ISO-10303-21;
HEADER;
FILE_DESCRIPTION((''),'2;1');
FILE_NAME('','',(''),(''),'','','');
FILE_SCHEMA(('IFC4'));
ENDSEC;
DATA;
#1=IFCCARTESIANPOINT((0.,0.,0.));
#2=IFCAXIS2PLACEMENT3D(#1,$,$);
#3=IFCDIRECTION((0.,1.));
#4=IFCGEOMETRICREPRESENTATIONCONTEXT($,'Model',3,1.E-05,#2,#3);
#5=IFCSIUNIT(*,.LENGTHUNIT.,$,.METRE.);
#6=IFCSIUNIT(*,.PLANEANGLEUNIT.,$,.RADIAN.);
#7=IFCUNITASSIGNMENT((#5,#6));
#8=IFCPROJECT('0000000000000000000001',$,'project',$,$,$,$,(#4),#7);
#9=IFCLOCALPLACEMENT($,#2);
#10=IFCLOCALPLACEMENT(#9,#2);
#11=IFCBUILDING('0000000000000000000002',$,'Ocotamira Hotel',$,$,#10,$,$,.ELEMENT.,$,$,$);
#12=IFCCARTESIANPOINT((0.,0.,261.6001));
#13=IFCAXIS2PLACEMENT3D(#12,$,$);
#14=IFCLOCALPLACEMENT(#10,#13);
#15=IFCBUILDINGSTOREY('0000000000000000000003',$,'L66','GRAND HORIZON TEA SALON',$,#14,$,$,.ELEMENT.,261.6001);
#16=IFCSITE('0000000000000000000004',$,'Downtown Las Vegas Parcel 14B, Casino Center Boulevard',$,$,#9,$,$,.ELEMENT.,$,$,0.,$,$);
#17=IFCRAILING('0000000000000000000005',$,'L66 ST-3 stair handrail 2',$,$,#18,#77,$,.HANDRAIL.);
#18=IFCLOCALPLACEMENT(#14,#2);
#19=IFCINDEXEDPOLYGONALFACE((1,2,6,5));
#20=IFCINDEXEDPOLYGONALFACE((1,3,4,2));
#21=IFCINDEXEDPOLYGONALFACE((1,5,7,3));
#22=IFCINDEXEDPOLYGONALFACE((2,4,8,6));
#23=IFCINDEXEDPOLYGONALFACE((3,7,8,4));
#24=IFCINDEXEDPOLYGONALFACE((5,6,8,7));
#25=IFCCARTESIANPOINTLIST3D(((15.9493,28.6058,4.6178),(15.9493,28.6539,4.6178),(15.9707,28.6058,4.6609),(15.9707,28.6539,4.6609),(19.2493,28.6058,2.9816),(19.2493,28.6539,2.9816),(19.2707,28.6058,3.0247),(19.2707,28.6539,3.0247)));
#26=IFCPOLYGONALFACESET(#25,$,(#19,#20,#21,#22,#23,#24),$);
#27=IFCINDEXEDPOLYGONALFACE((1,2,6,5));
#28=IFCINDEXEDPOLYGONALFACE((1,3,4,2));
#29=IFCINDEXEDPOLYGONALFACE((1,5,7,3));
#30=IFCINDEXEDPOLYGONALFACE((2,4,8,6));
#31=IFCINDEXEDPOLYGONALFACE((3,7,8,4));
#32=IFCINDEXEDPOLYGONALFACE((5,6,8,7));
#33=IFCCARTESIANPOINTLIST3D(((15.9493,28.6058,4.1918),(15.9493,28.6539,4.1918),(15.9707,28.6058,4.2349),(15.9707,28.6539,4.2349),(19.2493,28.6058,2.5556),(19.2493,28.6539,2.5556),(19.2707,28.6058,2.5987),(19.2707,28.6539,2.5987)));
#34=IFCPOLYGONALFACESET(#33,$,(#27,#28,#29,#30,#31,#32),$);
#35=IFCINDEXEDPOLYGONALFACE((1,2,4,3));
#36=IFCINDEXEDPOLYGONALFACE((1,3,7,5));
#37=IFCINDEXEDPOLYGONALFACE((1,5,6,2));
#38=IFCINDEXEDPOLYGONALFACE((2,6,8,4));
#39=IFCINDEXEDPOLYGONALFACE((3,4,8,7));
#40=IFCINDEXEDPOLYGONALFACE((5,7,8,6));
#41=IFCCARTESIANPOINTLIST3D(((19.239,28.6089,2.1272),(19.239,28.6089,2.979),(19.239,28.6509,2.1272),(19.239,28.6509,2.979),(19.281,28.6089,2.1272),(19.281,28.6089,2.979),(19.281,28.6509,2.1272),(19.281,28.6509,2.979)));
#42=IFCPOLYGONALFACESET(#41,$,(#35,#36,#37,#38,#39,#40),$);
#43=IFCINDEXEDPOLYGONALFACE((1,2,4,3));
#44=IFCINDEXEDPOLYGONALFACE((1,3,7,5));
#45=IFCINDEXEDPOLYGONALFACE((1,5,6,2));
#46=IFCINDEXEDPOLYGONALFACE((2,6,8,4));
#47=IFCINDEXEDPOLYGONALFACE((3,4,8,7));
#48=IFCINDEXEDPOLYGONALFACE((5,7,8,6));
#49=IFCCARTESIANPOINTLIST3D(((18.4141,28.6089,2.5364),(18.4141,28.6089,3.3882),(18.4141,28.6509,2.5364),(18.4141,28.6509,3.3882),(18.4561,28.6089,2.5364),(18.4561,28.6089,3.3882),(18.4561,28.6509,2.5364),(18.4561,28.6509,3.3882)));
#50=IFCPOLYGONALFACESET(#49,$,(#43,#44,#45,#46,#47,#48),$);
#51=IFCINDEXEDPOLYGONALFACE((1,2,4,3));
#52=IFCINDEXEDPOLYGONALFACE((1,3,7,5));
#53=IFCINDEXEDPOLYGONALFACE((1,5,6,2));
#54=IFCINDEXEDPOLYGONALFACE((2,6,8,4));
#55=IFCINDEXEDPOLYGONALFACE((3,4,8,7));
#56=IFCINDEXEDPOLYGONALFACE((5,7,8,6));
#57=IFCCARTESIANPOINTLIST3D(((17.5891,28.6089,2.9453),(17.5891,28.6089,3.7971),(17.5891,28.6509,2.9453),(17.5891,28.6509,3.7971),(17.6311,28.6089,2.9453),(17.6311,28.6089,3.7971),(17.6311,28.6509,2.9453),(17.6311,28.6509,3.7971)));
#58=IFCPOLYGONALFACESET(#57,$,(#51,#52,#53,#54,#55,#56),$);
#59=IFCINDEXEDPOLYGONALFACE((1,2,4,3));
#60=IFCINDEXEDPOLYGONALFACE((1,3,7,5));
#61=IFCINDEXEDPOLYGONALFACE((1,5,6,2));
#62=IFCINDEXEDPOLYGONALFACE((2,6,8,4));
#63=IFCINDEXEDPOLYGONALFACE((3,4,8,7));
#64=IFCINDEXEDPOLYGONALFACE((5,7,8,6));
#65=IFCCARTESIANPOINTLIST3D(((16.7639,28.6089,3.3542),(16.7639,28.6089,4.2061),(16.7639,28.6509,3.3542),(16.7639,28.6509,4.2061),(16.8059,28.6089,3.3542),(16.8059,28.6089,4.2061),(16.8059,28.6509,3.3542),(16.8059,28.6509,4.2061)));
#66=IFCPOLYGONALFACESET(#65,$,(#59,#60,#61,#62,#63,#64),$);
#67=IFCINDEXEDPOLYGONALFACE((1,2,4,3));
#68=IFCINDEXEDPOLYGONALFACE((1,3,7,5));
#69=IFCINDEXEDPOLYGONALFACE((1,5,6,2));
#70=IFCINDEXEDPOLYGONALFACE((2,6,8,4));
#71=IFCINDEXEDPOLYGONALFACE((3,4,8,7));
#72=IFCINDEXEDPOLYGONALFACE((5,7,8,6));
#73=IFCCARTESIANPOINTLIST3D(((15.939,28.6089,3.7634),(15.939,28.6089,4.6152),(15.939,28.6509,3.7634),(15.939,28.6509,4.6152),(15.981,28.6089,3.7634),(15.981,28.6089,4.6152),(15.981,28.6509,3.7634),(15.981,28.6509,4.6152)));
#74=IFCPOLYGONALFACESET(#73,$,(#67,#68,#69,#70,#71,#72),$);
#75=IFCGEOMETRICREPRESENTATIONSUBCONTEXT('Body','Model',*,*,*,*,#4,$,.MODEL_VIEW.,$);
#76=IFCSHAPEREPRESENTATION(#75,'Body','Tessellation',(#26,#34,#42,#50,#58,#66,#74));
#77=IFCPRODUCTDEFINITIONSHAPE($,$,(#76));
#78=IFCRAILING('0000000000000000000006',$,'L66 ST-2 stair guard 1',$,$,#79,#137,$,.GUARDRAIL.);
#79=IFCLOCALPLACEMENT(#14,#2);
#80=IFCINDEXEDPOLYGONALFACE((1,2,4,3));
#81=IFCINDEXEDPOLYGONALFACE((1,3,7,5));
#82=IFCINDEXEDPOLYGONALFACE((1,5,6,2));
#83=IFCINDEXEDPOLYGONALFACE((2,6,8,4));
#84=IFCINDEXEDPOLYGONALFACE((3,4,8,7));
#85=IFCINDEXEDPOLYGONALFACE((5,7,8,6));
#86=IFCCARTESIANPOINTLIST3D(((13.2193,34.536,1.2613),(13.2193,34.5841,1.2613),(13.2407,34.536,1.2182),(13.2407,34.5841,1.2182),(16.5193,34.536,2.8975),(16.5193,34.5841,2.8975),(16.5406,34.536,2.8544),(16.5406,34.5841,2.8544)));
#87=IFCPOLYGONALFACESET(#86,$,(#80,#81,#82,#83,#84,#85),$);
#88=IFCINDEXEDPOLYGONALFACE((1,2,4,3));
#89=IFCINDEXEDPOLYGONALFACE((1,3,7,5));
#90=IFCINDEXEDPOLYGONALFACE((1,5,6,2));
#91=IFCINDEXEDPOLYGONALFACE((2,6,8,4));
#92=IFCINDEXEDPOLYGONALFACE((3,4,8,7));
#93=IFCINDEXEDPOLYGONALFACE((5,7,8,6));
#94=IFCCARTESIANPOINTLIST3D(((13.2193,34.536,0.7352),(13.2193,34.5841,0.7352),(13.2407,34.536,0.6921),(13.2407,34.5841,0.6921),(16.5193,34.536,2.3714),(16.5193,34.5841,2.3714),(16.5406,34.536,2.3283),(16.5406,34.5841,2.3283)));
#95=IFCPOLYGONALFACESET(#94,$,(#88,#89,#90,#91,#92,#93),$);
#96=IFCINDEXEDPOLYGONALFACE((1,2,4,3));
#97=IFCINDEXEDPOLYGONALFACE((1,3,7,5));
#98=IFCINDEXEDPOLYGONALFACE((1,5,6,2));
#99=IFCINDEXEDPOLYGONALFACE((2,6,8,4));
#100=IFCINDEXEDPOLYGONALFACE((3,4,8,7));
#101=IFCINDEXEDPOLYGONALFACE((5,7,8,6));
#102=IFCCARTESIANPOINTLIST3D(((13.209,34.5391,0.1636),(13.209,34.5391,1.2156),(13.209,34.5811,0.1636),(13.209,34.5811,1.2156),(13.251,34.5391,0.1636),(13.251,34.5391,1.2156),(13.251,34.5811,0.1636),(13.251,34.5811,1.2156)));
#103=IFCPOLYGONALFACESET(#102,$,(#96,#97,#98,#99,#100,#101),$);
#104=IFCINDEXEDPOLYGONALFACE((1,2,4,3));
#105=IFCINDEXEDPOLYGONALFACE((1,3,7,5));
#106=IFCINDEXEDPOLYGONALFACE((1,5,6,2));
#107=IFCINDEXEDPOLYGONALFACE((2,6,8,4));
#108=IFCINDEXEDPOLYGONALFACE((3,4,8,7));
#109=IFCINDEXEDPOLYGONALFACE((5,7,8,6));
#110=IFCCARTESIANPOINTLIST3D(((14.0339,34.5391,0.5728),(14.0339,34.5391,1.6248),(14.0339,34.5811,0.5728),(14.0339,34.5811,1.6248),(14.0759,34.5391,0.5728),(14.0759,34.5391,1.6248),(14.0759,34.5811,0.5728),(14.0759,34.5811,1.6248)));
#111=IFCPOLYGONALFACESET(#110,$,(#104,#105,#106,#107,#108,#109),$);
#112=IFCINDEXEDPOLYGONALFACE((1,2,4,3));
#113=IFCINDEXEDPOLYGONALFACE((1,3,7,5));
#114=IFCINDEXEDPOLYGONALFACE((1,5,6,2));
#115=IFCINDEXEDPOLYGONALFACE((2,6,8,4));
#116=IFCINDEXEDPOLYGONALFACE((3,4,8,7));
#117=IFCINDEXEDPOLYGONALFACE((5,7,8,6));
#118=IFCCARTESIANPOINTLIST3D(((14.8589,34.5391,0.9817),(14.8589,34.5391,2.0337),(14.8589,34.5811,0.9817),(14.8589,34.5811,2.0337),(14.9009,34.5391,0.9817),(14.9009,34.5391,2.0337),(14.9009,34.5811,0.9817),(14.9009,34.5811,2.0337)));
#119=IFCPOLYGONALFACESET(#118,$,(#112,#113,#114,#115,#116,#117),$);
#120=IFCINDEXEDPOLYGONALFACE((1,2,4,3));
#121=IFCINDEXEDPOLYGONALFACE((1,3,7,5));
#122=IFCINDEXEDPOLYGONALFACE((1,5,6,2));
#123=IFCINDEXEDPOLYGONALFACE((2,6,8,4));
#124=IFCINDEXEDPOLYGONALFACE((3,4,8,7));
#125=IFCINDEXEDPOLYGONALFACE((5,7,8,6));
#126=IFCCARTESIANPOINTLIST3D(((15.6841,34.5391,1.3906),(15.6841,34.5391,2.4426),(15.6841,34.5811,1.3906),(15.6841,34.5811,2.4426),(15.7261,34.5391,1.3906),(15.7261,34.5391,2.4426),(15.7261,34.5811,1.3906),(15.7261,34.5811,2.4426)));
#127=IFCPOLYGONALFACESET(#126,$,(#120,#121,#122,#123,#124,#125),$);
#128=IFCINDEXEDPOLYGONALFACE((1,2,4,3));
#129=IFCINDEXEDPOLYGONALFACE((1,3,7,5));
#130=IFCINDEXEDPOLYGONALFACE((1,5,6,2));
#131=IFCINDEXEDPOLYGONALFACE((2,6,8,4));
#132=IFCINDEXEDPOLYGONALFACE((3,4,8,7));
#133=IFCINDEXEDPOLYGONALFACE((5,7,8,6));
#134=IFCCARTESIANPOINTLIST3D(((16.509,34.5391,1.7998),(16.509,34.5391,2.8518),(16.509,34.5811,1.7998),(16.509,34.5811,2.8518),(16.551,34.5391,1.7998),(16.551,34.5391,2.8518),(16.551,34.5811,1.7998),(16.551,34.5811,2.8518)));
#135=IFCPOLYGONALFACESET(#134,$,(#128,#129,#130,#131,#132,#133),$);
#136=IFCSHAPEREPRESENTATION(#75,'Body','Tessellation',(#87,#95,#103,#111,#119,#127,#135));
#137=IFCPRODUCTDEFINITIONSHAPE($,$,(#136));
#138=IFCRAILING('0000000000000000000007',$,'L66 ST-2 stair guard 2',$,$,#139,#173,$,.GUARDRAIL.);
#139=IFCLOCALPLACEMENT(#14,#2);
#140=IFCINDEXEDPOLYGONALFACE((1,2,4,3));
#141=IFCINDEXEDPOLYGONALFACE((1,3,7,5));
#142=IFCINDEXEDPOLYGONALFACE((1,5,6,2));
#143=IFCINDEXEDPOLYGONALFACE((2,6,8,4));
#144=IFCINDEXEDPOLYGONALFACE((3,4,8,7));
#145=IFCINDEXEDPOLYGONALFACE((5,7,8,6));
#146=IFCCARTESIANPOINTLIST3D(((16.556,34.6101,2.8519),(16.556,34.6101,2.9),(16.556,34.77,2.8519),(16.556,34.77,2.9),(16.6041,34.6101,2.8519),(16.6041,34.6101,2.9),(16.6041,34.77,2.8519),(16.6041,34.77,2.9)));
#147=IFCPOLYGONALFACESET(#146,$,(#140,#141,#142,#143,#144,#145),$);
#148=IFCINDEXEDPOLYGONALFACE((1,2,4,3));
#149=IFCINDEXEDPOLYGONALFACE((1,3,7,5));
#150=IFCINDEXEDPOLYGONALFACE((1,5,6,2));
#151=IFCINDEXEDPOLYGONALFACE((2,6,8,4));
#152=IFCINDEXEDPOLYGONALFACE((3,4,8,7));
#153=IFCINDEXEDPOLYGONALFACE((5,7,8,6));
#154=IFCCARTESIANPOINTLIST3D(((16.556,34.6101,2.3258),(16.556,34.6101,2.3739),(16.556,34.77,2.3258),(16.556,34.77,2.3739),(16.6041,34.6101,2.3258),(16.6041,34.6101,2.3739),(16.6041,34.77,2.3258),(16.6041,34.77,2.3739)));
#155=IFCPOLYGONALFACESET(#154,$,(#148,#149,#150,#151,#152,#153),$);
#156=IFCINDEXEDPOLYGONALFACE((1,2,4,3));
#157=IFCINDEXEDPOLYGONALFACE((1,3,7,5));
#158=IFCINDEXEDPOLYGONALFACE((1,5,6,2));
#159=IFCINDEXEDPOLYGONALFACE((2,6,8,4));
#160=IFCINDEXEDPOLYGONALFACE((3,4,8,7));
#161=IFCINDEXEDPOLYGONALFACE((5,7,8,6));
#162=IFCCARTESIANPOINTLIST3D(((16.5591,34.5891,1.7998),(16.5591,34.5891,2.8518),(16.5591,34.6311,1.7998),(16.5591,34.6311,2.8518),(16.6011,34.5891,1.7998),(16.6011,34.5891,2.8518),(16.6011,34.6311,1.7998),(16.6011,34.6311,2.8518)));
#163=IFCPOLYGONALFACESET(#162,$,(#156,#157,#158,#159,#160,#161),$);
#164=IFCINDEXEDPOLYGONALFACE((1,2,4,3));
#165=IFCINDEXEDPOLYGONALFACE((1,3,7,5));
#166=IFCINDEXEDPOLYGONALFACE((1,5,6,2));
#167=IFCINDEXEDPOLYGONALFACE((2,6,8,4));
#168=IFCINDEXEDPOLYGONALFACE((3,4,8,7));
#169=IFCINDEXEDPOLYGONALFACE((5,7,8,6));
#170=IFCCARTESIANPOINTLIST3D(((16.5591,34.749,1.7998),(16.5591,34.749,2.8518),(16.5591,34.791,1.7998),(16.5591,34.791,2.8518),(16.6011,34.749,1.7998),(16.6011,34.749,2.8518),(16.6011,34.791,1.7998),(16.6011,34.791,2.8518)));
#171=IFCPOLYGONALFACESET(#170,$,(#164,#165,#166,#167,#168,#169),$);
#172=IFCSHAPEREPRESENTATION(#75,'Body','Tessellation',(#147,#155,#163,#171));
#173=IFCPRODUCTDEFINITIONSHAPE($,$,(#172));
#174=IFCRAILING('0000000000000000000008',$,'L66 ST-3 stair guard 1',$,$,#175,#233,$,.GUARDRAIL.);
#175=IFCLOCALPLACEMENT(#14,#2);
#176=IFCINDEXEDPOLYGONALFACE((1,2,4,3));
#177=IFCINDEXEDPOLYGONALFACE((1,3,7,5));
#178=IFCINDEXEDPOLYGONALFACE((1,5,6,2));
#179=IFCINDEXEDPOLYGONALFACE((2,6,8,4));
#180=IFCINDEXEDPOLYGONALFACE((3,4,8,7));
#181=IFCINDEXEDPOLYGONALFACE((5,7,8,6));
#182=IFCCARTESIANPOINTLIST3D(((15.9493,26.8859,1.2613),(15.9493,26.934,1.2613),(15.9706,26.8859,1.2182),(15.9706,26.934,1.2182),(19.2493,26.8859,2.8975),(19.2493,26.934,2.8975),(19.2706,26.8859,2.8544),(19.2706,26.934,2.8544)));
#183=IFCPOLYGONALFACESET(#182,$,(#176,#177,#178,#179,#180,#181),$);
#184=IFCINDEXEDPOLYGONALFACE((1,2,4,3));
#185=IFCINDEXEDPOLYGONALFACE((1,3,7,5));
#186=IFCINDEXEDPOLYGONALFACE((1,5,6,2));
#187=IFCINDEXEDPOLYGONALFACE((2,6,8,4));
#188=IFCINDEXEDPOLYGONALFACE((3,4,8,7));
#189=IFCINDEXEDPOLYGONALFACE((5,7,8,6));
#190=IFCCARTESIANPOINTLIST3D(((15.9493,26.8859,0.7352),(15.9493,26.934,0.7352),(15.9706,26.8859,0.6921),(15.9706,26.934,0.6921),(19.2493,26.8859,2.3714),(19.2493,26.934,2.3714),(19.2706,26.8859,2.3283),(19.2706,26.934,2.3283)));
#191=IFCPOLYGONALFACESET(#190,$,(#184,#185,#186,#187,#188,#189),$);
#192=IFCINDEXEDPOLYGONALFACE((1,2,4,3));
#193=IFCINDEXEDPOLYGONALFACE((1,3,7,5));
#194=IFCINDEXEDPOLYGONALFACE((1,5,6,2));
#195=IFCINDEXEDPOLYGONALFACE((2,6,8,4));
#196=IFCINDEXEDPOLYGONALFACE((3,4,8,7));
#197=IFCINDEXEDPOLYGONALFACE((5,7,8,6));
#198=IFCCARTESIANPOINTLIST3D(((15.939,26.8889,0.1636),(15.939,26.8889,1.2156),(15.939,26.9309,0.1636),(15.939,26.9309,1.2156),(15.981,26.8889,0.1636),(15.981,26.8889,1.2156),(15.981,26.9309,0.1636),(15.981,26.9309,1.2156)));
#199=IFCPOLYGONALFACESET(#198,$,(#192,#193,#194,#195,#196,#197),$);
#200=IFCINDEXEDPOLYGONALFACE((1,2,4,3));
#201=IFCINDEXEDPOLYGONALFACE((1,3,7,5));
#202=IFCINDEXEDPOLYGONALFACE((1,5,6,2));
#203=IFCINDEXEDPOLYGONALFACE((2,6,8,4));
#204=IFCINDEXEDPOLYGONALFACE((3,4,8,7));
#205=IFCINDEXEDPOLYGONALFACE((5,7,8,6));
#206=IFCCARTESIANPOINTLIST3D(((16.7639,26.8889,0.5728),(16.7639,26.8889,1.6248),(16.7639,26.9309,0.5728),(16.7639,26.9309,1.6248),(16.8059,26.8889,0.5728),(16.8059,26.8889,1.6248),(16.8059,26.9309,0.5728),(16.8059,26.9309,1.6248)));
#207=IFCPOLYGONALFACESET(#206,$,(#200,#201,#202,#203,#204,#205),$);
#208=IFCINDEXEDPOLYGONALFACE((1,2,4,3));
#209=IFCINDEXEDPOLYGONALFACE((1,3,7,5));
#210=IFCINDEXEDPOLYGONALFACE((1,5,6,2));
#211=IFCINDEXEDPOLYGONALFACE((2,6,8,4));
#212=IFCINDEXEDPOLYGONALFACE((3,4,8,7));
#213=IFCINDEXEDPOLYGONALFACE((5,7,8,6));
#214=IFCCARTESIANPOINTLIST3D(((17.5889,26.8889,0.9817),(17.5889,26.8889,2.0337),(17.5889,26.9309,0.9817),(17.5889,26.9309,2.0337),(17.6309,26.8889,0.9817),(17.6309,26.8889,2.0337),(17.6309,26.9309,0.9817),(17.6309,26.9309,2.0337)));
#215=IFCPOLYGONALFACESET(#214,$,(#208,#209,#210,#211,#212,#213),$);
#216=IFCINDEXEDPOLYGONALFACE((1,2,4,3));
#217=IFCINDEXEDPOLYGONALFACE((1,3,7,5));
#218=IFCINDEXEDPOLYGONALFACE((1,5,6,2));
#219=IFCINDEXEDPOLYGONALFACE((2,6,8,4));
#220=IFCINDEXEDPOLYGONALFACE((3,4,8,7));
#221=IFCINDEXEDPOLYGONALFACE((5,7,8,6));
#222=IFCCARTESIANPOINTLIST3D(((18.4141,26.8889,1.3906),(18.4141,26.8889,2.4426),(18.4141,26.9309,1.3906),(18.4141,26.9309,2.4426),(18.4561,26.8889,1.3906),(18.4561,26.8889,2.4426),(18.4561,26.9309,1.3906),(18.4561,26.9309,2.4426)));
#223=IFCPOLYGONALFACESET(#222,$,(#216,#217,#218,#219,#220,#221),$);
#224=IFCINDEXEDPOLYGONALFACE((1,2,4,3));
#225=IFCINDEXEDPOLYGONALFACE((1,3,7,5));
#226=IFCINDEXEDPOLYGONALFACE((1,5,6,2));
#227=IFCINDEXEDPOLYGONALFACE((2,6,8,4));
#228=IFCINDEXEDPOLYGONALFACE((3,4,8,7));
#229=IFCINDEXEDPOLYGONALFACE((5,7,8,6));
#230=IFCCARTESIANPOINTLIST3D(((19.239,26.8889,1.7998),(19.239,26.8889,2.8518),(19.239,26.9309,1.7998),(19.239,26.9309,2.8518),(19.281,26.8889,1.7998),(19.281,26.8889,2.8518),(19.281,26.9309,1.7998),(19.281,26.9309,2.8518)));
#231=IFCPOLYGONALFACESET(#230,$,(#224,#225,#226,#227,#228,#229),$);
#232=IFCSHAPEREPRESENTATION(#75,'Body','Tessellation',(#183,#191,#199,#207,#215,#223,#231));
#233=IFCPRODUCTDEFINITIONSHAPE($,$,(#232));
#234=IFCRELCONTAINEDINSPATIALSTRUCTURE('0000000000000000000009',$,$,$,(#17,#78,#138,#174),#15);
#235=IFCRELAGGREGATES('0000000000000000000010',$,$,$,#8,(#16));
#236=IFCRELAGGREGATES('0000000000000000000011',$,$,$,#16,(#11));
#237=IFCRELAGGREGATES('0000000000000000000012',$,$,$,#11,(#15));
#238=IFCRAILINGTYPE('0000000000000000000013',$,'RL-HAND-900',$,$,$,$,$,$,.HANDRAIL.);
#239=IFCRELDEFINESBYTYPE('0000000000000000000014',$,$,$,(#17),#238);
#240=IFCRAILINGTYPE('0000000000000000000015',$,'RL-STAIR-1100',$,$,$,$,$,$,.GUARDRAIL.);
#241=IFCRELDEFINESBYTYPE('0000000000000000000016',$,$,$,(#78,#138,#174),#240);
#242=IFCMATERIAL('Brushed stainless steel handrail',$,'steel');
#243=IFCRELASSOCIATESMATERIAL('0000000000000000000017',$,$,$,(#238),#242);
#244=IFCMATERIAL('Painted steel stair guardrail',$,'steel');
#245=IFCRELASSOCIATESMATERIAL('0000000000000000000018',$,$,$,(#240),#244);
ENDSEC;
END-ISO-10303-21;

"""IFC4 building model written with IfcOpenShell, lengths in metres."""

from ifc_helpers import new_model, si_unit, direction, frame, origin, origin_2d, place, context, subcontext, project, spatial, rectangle, extrude, material, type_object, element, save


model = new_model("IFC4")

# Units and contexts
model_context = context("Model", 3, precision=1e-05, world=origin(), true_north=direction((0.0, 1.0)))
body_context = subcontext(model_context, "Body", "Model", "MODEL_VIEW")
ifc_project = project(units=[si_unit("LENGTHUNIT", "METRE"), si_unit("PLANEANGLEUNIT", "RADIAN")], contexts=[model_context])

# Site, building, storey
site_placement = place(None, origin())
site = spatial("IfcSite", under=ifc_project, at=site_placement, Name="Downtown Las Vegas Parcel 14B, Casino Center Boulevard", CompositionType="ELEMENT", RefElevation=0.0)
building_placement = place(site_placement, origin())
building = spatial("IfcBuilding", under=site, at=building_placement, Name="Ocotamira Hotel", CompositionType="ELEMENT")
storey_placement = place(building_placement, frame((0.0, 0.0, 261.6001)))
storey = spatial("IfcBuildingStorey", under=building, at=storey_placement, Name="L66", Description="GRAND HORIZON TEA SALON", CompositionType="ELEMENT", Elevation=261.6001)

# Railings
ifc_material_1 = material(Name="Brushed stainless steel handrail", Category="steel")
railing_type_1 = type_object("IfcRailingType", Name="RL-HAND-900", PredefinedType="HANDRAIL", material=ifc_material_1)
railing_1_placement = place(storey_placement, frame((19.26, 28.6299, 2.1272)))
element("IfcRailing", 1, at=railing_1_placement, inside=storey, type_object=railing_type_1, Name="L66 ST-3 stair handrail 2", PredefinedType="HANDRAIL", context=body_context, shape_type="SweptSolid", body=[
    extrude(rectangle(XDim=0.0481, YDim=0.0481, at=origin_2d()), frame((0.0, 0.0, 0.876), z_axis=(-0.89592, 0.0, 0.444215), x_axis=(0.0, -1.0, 0.0)), (0.0, 0.0, 1.0), 3.6833),
    extrude(rectangle(XDim=0.0481, YDim=0.0481, at=origin_2d()), frame((0.0, 0.0, 0.45), z_axis=(-0.89592, 0.0, 0.444215), x_axis=(0.0, -1.0, 0.0)), (0.0, 0.0, 1.0), 3.6833),
    extrude(rectangle(XDim=0.042, YDim=0.042, at=origin_2d()), origin(), (0.0, 0.0, 1.0), 0.8518),
    extrude(rectangle(XDim=0.042, YDim=0.042, at=origin_2d()), frame((-0.825, 0.0, 0.4092)), (0.0, 0.0, 1.0), 0.8518),
    extrude(rectangle(XDim=0.042, YDim=0.042, at=origin_2d()), frame((-1.6499, 0.0, 0.8181)), (0.0, 0.0, 1.0), 0.8518),
    extrude(rectangle(XDim=0.042, YDim=0.042, at=origin_2d()), frame((-2.4751, 0.0, 1.2271)), (0.0, 0.0, 1.0), 0.8518),
    extrude(rectangle(XDim=0.042, YDim=0.042, at=origin_2d()), frame((-3.3, 0.0, 1.6362)), (0.0, 0.0, 1.0), 0.8518),
])
ifc_material_2 = material(Name="Painted steel stair guardrail", Category="steel")
railing_type_2 = type_object("IfcRailingType", Name="RL-STAIR-1100", PredefinedType="GUARDRAIL", material=ifc_material_2)
railing_2_placement = place(storey_placement, frame((13.23, 34.5601, 0.1636)))
element("IfcRailing", 2, at=railing_2_placement, inside=storey, type_object=railing_type_2, Name="L66 ST-2 stair guard 1", PredefinedType="GUARDRAIL", context=body_context, shape_type="SweptSolid", body=[
    extrude(rectangle(XDim=0.0481, YDim=0.0481, at=origin_2d()), frame((0.0, 0.0, 1.0762), z_axis=(0.89592, 0.0, 0.444215), x_axis=(0.0, 1.0, 0.0)), (0.0, 0.0, 1.0), 3.6833),
    extrude(rectangle(XDim=0.0481, YDim=0.0481, at=origin_2d()), frame((0.0, 0.0, 0.55), z_axis=(0.89592, 0.0, 0.444215), x_axis=(0.0, 1.0, 0.0)), (0.0, 0.0, 1.0), 3.6833),
    extrude(rectangle(XDim=0.042, YDim=0.042, at=origin_2d()), origin(), (0.0, 0.0, 1.0), 1.052),
    extrude(rectangle(XDim=0.042, YDim=0.042, at=origin_2d()), frame((0.825, 0.0, 0.4092)), (0.0, 0.0, 1.0), 1.052),
    extrude(rectangle(XDim=0.042, YDim=0.042, at=origin_2d()), frame((1.6499, 0.0, 0.8181)), (0.0, 0.0, 1.0), 1.052),
    extrude(rectangle(XDim=0.042, YDim=0.042, at=origin_2d()), frame((2.4751, 0.0, 1.2271)), (0.0, 0.0, 1.0), 1.052),
    extrude(rectangle(XDim=0.042, YDim=0.042, at=origin_2d()), frame((3.3, 0.0, 1.6362)), (0.0, 0.0, 1.0), 1.052),
])
railing_3_placement = place(storey_placement, frame((16.5801, 34.6101, 1.7998)))
element("IfcRailing", 3, at=railing_3_placement, inside=storey, type_object=railing_type_2, Name="L66 ST-2 stair guard 2", PredefinedType="GUARDRAIL", context=body_context, shape_type="SweptSolid", body=[
    extrude(rectangle(XDim=0.0481, YDim=0.0481, at=origin_2d()), frame((0.0, 0.0, 1.0762), z_axis=(0.0, 1.0, 0.0), x_axis=(-1.0, 0.0, 0.0)), (0.0, 0.0, 1.0), 0.1599),
    extrude(rectangle(XDim=0.0481, YDim=0.0481, at=origin_2d()), frame((0.0, 0.0, 0.55), z_axis=(0.0, 1.0, 0.0), x_axis=(-1.0, 0.0, 0.0)), (0.0, 0.0, 1.0), 0.1599),
    extrude(rectangle(XDim=0.042, YDim=0.042, at=origin_2d()), origin(), (0.0, 0.0, 1.0), 1.052),
    extrude(rectangle(XDim=0.042, YDim=0.042, at=origin_2d()), frame((0.0, 0.1599, 0.0)), (0.0, 0.0, 1.0), 1.052),
])
railing_4_placement = place(storey_placement, frame((15.96, 26.9099, 0.1636)))
element("IfcRailing", 4, at=railing_4_placement, inside=storey, type_object=railing_type_2, Name="L66 ST-3 stair guard 1", PredefinedType="GUARDRAIL", context=body_context, shape_type="SweptSolid", body=[
    extrude(rectangle(XDim=0.0481, YDim=0.0481, at=origin_2d()), frame((0.0, 0.0, 1.0762), z_axis=(0.89592, 0.0, 0.444215), x_axis=(0.0, 1.0, 0.0)), (0.0, 0.0, 1.0), 3.6833),
    extrude(rectangle(XDim=0.0481, YDim=0.0481, at=origin_2d()), frame((0.0, 0.0, 0.55), z_axis=(0.89592, 0.0, 0.444215), x_axis=(0.0, 1.0, 0.0)), (0.0, 0.0, 1.0), 3.6833),
    extrude(rectangle(XDim=0.042, YDim=0.042, at=origin_2d()), origin(), (0.0, 0.0, 1.0), 1.052),
    extrude(rectangle(XDim=0.042, YDim=0.042, at=origin_2d()), frame((0.825, 0.0, 0.4092)), (0.0, 0.0, 1.0), 1.052),
    extrude(rectangle(XDim=0.042, YDim=0.042, at=origin_2d()), frame((1.6499, 0.0, 0.8181)), (0.0, 0.0, 1.0), 1.052),
    extrude(rectangle(XDim=0.042, YDim=0.042, at=origin_2d()), frame((2.4751, 0.0, 1.2271)), (0.0, 0.0, 1.0), 1.052),
    extrude(rectangle(XDim=0.042, YDim=0.042, at=origin_2d()), frame((3.3, 0.0, 1.6362)), (0.0, 0.0, 1.0), 1.052),
])

save(model, "model.ifc")
